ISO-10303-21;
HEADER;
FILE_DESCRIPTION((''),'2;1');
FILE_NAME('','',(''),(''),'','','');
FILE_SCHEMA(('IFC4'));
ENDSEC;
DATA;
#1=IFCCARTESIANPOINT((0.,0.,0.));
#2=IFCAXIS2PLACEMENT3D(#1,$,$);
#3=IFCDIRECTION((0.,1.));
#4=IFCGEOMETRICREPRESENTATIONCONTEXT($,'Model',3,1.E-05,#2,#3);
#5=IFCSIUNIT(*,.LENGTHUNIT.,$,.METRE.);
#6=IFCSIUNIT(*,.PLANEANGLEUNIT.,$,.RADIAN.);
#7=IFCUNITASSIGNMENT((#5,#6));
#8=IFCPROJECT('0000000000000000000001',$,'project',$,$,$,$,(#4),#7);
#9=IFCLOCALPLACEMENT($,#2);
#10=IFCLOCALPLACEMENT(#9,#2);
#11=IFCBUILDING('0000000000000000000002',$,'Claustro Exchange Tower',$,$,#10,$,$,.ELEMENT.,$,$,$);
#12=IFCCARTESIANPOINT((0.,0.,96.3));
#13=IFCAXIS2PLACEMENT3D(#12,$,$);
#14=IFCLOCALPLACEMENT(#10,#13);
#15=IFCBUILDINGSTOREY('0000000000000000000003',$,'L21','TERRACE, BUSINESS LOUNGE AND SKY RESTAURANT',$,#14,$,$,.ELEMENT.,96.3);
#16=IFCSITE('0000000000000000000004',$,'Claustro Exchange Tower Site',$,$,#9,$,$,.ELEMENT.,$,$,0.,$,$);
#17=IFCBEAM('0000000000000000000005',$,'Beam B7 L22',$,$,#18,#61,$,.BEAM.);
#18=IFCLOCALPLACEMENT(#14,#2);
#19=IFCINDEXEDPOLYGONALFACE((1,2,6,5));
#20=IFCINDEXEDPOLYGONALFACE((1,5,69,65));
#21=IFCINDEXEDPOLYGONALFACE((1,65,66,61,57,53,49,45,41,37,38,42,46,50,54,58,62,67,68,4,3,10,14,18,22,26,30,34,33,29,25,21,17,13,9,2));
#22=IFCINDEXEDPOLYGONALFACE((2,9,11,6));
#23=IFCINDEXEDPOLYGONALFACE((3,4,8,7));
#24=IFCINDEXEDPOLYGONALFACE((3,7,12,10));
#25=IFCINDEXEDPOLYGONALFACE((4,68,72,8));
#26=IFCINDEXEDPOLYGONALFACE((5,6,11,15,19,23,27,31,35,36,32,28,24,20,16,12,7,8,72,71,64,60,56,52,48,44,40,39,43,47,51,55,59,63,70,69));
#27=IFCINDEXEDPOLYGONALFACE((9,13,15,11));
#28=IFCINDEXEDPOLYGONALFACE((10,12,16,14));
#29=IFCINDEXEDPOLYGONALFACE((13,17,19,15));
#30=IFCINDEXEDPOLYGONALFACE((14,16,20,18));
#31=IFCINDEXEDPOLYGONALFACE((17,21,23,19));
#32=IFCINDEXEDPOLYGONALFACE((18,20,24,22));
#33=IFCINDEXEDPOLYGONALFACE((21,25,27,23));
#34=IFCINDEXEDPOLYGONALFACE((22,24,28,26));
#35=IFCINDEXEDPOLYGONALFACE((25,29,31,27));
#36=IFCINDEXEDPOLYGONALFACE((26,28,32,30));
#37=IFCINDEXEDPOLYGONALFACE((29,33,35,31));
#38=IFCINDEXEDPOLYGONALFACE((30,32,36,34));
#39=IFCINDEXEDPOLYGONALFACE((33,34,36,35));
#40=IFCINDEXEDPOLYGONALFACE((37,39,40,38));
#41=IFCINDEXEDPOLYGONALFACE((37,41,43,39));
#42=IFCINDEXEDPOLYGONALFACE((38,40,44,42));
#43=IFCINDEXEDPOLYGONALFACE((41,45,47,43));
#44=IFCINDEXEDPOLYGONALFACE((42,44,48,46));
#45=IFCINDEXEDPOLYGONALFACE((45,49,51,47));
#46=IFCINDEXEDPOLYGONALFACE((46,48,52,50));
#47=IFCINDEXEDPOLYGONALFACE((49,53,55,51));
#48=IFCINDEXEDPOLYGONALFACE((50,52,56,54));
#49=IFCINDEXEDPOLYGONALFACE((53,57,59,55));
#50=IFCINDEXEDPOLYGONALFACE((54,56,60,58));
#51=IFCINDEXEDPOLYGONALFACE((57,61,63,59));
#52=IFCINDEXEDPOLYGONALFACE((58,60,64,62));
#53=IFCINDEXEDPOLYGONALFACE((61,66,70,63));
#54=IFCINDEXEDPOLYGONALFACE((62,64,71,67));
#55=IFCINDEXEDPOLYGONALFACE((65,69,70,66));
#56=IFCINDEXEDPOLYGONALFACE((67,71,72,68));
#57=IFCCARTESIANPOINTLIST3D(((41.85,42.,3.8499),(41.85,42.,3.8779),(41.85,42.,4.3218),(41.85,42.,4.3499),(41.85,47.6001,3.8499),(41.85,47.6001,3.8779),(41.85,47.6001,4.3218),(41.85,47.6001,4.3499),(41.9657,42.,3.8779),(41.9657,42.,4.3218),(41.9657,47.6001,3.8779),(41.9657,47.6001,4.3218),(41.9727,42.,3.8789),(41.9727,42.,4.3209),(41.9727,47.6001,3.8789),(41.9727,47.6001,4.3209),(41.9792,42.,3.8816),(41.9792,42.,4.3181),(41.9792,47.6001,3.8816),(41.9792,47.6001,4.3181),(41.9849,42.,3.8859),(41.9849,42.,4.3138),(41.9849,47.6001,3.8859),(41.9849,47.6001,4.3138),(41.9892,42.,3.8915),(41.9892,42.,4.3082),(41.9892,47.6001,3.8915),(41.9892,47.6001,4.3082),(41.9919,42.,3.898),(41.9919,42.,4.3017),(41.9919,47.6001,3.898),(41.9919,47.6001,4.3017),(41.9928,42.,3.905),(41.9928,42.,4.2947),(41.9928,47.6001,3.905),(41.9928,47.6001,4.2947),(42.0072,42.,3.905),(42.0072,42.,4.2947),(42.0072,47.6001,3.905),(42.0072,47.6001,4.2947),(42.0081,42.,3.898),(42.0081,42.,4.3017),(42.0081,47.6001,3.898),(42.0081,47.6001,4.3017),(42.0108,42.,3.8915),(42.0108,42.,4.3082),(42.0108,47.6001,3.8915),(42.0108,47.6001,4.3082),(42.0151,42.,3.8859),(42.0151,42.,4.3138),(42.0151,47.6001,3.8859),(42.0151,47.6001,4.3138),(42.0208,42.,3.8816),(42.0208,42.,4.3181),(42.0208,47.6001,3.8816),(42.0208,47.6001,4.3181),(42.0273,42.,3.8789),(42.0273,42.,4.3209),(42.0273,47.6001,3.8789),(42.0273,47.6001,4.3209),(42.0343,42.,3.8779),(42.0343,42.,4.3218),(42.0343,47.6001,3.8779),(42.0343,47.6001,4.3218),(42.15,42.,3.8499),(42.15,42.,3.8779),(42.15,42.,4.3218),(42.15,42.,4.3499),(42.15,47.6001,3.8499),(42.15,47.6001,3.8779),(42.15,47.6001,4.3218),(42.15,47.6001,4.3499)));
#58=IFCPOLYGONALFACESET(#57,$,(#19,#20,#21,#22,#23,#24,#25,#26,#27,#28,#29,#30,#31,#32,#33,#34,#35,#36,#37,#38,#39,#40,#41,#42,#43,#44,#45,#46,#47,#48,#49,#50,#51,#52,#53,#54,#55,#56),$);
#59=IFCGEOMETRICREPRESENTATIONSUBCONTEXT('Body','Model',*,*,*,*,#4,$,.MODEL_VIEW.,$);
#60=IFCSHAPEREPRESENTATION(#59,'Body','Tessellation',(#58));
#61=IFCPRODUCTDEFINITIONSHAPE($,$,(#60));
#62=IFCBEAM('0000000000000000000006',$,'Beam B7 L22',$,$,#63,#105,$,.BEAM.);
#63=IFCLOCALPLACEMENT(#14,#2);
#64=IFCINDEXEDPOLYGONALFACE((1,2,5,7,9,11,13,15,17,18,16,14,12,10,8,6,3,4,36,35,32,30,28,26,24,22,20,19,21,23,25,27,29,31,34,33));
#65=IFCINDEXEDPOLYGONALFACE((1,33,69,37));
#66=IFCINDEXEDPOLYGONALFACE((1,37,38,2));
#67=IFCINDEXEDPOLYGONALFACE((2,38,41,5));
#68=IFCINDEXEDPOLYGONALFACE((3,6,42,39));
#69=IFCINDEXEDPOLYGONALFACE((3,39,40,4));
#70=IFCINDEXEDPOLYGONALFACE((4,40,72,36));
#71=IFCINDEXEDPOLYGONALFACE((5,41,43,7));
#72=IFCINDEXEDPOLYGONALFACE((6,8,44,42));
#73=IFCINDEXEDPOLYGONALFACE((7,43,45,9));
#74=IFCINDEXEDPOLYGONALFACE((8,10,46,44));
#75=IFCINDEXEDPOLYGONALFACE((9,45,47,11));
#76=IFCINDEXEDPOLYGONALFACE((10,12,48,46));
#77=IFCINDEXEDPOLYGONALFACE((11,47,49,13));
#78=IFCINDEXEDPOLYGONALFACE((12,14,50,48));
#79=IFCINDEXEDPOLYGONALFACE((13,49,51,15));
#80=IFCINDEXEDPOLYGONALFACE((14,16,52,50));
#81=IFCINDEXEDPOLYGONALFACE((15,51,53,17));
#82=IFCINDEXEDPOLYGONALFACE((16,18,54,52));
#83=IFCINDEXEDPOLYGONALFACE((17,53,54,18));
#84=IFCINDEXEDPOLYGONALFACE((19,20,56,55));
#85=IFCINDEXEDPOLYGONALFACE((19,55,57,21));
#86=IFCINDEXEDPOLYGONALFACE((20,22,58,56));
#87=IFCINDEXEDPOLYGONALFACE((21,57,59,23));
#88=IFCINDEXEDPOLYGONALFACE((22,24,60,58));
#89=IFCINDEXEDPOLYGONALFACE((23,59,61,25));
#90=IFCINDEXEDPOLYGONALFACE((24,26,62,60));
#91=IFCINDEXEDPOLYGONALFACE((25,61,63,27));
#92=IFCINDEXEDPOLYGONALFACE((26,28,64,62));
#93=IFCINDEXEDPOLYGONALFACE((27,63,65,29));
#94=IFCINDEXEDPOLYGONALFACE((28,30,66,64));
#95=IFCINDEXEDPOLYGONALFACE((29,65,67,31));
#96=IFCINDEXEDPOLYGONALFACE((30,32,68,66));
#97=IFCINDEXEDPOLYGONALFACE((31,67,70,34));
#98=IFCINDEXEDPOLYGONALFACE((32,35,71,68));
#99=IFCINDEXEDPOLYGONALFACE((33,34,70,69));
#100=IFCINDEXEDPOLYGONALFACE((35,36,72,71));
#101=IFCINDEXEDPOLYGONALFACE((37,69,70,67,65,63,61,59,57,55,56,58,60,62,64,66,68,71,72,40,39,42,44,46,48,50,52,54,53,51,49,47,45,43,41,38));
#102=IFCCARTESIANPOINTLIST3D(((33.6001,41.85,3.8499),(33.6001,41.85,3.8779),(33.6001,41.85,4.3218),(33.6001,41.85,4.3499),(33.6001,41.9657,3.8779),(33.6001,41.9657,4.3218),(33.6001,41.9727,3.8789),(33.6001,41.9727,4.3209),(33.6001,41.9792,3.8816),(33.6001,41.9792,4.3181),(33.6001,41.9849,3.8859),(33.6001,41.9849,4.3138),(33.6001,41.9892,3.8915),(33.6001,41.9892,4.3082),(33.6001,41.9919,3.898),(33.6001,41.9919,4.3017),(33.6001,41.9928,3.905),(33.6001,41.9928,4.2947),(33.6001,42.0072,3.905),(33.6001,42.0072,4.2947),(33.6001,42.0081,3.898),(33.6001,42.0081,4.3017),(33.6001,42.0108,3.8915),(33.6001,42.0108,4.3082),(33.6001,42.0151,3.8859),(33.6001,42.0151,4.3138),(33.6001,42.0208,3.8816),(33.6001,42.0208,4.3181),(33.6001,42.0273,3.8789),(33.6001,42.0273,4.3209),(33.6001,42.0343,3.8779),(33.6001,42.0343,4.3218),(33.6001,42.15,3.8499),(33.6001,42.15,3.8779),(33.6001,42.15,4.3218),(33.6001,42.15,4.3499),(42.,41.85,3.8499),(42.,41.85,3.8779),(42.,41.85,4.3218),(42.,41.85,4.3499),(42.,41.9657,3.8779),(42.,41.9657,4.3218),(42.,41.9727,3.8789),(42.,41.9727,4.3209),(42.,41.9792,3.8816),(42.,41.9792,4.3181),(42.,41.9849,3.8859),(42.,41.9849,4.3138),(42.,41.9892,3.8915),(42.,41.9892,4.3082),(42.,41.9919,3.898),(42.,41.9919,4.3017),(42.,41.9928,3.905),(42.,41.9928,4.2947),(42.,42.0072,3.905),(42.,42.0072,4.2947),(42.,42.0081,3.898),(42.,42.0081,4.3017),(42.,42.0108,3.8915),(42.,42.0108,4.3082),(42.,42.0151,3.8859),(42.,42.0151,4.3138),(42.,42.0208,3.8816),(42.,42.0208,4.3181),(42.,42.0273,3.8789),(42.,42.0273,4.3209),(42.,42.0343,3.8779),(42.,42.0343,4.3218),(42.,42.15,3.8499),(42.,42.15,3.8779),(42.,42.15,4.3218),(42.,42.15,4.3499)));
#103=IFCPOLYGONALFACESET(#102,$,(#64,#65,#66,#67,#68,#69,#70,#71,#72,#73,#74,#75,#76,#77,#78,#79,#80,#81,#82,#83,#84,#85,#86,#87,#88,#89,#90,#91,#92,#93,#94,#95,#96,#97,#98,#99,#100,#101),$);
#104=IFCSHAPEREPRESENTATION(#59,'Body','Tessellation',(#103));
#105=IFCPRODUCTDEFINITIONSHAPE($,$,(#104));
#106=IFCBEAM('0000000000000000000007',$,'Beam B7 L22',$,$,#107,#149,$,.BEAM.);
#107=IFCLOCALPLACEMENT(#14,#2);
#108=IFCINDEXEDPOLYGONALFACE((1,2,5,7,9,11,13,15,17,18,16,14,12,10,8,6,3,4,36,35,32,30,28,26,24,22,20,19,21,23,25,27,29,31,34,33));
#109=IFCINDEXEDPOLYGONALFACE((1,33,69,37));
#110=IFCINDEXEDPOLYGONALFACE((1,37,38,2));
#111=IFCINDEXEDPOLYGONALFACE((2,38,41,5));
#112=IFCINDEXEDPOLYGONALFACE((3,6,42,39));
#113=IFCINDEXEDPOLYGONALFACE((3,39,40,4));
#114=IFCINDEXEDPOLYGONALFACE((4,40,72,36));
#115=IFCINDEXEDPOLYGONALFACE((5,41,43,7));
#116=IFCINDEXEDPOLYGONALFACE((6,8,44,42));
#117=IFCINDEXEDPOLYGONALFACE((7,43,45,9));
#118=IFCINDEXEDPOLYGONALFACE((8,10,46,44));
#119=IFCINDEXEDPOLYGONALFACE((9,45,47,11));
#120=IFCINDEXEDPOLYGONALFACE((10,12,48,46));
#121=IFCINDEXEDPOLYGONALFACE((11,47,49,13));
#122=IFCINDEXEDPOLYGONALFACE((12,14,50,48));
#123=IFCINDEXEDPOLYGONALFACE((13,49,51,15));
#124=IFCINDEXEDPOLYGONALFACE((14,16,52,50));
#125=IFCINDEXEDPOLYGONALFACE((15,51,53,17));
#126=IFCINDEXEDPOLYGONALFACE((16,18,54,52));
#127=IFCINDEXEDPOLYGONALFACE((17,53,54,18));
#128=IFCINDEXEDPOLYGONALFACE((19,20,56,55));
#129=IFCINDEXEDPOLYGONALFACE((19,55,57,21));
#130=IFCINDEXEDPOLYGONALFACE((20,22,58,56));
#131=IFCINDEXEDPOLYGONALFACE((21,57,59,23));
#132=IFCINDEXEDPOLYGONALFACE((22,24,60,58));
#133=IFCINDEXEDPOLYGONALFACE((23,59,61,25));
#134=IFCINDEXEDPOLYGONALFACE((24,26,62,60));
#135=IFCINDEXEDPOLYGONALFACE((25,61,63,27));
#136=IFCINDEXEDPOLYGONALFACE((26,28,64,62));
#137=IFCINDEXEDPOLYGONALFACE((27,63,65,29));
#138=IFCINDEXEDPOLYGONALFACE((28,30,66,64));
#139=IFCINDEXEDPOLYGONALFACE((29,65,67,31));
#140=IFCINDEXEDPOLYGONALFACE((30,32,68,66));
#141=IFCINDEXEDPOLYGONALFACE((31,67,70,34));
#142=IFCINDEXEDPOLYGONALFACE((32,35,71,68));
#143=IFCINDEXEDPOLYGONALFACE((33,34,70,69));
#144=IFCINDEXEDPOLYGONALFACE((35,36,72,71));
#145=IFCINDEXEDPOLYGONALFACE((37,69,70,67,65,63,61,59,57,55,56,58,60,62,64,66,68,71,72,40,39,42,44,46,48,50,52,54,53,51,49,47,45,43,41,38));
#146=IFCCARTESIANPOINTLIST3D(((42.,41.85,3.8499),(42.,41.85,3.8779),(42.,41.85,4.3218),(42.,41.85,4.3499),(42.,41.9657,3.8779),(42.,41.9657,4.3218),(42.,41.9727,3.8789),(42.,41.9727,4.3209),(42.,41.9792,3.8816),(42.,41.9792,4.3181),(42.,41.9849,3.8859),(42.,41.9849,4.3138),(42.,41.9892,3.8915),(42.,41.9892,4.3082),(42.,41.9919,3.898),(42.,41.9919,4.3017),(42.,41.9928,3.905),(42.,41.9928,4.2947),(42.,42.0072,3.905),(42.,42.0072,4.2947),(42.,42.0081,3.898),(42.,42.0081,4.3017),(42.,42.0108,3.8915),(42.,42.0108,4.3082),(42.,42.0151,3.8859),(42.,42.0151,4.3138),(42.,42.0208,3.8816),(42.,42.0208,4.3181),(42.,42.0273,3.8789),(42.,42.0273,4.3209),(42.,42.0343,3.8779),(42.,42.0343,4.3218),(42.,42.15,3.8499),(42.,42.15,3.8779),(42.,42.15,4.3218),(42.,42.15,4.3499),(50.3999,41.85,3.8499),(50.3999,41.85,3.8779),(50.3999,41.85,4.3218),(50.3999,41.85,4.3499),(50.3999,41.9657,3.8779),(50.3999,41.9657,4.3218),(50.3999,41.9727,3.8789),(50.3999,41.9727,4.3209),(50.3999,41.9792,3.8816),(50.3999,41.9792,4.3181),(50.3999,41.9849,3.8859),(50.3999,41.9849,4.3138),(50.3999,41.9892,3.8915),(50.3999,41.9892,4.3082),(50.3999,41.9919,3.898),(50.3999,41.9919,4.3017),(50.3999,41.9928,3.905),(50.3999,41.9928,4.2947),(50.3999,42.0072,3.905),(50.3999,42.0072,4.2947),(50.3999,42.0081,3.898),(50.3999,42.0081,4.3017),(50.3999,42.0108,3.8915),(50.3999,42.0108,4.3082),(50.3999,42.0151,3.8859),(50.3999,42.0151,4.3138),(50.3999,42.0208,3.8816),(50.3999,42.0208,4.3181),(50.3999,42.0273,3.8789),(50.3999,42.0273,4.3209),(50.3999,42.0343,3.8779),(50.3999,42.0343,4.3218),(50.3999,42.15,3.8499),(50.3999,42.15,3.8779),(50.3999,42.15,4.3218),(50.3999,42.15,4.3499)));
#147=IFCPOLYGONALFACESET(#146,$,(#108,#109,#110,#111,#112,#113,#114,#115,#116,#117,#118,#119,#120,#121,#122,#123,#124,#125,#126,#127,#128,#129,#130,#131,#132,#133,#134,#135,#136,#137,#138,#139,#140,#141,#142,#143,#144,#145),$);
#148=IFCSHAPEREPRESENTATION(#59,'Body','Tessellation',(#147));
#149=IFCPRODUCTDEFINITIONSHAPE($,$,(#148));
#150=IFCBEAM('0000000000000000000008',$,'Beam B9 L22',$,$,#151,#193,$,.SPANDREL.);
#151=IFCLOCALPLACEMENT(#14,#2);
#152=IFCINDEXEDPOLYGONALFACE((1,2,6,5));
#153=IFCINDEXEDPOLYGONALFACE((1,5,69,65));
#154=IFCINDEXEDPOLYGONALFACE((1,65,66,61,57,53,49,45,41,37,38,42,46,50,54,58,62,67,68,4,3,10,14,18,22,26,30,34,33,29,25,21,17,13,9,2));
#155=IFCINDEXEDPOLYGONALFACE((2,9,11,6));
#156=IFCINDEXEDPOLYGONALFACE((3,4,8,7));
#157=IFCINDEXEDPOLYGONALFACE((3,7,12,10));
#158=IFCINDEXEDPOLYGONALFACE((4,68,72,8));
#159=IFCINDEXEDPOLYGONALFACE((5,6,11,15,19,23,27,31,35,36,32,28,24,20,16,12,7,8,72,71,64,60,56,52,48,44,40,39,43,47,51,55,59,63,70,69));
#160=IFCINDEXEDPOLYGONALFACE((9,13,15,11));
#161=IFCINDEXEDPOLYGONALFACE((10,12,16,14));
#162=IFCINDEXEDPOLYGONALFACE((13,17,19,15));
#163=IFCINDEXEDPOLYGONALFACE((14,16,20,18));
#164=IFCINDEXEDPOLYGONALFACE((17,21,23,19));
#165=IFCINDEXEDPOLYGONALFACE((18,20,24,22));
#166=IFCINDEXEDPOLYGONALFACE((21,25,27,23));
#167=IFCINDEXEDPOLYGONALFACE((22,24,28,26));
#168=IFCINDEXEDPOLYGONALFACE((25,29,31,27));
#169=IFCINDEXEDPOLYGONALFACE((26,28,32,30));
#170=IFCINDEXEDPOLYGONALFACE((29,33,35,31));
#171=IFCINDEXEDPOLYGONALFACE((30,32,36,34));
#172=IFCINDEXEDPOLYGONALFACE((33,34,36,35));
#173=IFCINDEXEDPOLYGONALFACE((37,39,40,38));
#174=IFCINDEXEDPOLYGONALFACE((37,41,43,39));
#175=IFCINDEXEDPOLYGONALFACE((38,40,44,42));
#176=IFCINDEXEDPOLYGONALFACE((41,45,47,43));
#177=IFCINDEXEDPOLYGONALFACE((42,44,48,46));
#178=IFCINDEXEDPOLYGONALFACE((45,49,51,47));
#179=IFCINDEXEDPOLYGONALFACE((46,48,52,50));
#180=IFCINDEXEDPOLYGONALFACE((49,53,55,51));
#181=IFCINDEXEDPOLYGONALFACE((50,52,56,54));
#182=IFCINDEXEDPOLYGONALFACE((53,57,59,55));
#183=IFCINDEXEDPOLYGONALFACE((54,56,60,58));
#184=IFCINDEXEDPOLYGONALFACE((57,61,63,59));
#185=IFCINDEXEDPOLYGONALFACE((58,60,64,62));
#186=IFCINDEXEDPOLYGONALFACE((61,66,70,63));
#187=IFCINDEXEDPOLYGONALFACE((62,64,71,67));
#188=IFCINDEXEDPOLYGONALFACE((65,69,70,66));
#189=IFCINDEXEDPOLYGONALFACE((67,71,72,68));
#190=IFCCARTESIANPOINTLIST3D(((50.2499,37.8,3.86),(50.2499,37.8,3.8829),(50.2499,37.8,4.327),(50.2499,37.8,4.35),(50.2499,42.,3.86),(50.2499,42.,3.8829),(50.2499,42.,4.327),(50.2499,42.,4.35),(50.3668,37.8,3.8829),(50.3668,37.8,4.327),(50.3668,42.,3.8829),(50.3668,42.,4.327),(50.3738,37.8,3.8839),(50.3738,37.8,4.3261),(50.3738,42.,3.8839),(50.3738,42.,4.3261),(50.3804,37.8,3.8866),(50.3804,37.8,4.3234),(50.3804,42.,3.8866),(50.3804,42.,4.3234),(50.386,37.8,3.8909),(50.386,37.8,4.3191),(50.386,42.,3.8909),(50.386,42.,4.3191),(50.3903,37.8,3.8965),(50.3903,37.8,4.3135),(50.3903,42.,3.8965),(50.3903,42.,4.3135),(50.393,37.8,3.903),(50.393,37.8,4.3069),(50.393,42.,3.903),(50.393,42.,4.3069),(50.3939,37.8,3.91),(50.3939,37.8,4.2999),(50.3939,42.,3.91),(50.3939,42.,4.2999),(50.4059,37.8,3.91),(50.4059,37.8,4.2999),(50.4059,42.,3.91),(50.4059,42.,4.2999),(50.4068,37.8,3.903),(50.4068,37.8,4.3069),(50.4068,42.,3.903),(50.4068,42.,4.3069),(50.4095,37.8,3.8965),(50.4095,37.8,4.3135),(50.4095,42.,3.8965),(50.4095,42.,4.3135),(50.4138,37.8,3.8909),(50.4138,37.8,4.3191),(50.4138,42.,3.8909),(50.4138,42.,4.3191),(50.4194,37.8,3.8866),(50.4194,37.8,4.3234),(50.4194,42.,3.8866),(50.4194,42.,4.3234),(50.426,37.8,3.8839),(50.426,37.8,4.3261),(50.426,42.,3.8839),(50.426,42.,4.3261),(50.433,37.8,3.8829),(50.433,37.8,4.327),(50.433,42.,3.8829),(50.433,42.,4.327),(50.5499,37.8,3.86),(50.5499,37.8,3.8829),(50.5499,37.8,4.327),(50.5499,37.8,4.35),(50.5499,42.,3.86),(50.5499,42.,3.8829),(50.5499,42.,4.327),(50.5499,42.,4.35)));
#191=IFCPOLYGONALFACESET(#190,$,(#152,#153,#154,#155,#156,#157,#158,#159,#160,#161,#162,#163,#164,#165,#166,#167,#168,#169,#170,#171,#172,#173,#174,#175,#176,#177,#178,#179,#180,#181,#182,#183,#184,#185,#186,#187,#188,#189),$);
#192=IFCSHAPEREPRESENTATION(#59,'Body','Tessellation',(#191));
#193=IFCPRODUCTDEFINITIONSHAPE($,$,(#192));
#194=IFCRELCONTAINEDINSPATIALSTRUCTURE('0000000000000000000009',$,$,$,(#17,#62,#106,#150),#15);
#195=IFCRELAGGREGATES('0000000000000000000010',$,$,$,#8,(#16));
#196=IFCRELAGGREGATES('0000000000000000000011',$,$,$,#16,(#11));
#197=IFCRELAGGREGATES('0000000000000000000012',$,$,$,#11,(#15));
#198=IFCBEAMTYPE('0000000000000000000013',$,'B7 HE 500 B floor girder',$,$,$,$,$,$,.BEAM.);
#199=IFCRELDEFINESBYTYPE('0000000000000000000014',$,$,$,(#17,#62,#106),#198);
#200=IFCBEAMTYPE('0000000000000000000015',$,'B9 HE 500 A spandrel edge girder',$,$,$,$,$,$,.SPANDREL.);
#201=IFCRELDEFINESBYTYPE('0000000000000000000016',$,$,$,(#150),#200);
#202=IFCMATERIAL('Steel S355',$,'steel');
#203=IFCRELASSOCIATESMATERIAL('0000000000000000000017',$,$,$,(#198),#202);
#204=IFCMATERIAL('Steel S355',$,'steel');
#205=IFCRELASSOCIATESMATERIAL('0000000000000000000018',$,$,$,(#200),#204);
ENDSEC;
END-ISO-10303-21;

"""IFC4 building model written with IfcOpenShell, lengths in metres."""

from ifc_helpers import new_model, si_unit, direction, frame, origin, origin_2d, place, context, subcontext, project, spatial, i_section, extrude, material, material_profile, profile_set, type_object, element, save


model = new_model("IFC4")

# Units and contexts
model_context = context("Model", 3, precision=1e-05, world=origin(), true_north=direction((0.0, 1.0)))
body_context = subcontext(model_context, "Body", "Model", "MODEL_VIEW")
ifc_project = project(units=[si_unit("LENGTHUNIT", "METRE"), si_unit("PLANEANGLEUNIT", "RADIAN")], contexts=[model_context])

# Site, building, storey
site_placement = place(None, origin())
site = spatial("IfcSite", under=ifc_project, at=site_placement, Name="Claustro Exchange Tower Site", CompositionType="ELEMENT", RefElevation=0.0)
building_placement = place(site_placement, origin())
building = spatial("IfcBuilding", under=site, at=building_placement, Name="Claustro Exchange Tower", CompositionType="ELEMENT")
storey_placement = place(building_placement, frame((0.0, 0.0, 96.3)))
storey = spatial("IfcBuildingStorey", under=building, at=storey_placement, Name="L21", Description="TERRACE, BUSINESS LOUNGE AND SKY RESTAURANT", CompositionType="ELEMENT", Elevation=96.3)

# Beams
ifc_material_1 = material(Name="Steel S355", Category="steel")
ifc_material_profile_1 = material_profile(ifc_material_1, i_section(OverallWidth=0.3, OverallDepth=0.5, WebThickness=0.0144, FlangeThickness=0.0281, FilletRadius=0.0271, at=origin_2d()), Name="HE 500 B")
ifc_profile_set_1 = profile_set([ifc_material_profile_1], Name="Steel S355")
beam_type_1 = type_object("IfcBeamType", Name="B7 HE 500 B floor girder", PredefinedType="BEAM", material=ifc_profile_set_1)
for number, where, z_axis, x_axis, name in (
    (1, (42.0, 42.0, 4.0999), (0.0, 1.0, 0.0), (-1.0, 0.0, 0.0), "Beam B7 L22"),
):
    element("IfcBeam", number, at=place(storey_placement, frame(where, z_axis=z_axis, x_axis=x_axis)), inside=storey, type_object=beam_type_1, Name=name, PredefinedType="BEAM", context=body_context, shape_type="SweptSolid", body=[
        extrude(i_section(OverallWidth=0.3, OverallDepth=0.5, WebThickness=0.0144, FlangeThickness=0.0281, FilletRadius=0.0271, at=origin_2d()), origin(), (0.0, 0.0, 1.0), 5.6001),
    ])
for number, where, z_axis, x_axis, name in (
    (2, (33.6001, 42.0, 4.0999), (1.0, 0.0, 0.0), (0.0, 1.0, 0.0), "Beam B7 L22"),
    (3, (42.0, 42.0, 4.0999), (1.0, 0.0, 0.0), (0.0, 1.0, 0.0), "Beam B7 L22"),
):
    element("IfcBeam", number, at=place(storey_placement, frame(where, z_axis=z_axis, x_axis=x_axis)), inside=storey, type_object=beam_type_1, Name=name, PredefinedType="BEAM", context=body_context, shape_type="SweptSolid", body=[
        extrude(i_section(OverallWidth=0.3, OverallDepth=0.5, WebThickness=0.0144, FlangeThickness=0.0281, FilletRadius=0.0271, at=origin_2d()), origin(), (0.0, 0.0, 1.0), 8.3999),
    ])
ifc_material_2 = material(Name="Steel S355", Category="steel")
ifc_material_profile_2 = material_profile(ifc_material_2, i_section(OverallWidth=0.3, OverallDepth=0.49, WebThickness=0.012, FlangeThickness=0.0229, FilletRadius=0.0271, at=origin_2d()), Name="HE 500 A")
ifc_profile_set_2 = profile_set([ifc_material_profile_2], Name="Steel S355")
beam_type_2 = type_object("IfcBeamType", Name="B9 HE 500 A spandrel edge girder", PredefinedType="SPANDREL", material=ifc_profile_set_2)
beam_placement = place(storey_placement, frame((50.3999, 37.8, 4.105), z_axis=(0.0, 1.0, 0.0), x_axis=(-1.0, 0.0, 0.0)))
element("IfcBeam", 4, at=beam_placement, inside=storey, type_object=beam_type_2, Name="Beam B9 L22", PredefinedType="SPANDREL", context=body_context, shape_type="SweptSolid", body=[
    extrude(i_section(OverallWidth=0.3, OverallDepth=0.49, WebThickness=0.012, FlangeThickness=0.0229, FilletRadius=0.0271, at=origin_2d()), origin(), (0.0, 0.0, 1.0), 4.2),
])

save(model, "model.ifc")
